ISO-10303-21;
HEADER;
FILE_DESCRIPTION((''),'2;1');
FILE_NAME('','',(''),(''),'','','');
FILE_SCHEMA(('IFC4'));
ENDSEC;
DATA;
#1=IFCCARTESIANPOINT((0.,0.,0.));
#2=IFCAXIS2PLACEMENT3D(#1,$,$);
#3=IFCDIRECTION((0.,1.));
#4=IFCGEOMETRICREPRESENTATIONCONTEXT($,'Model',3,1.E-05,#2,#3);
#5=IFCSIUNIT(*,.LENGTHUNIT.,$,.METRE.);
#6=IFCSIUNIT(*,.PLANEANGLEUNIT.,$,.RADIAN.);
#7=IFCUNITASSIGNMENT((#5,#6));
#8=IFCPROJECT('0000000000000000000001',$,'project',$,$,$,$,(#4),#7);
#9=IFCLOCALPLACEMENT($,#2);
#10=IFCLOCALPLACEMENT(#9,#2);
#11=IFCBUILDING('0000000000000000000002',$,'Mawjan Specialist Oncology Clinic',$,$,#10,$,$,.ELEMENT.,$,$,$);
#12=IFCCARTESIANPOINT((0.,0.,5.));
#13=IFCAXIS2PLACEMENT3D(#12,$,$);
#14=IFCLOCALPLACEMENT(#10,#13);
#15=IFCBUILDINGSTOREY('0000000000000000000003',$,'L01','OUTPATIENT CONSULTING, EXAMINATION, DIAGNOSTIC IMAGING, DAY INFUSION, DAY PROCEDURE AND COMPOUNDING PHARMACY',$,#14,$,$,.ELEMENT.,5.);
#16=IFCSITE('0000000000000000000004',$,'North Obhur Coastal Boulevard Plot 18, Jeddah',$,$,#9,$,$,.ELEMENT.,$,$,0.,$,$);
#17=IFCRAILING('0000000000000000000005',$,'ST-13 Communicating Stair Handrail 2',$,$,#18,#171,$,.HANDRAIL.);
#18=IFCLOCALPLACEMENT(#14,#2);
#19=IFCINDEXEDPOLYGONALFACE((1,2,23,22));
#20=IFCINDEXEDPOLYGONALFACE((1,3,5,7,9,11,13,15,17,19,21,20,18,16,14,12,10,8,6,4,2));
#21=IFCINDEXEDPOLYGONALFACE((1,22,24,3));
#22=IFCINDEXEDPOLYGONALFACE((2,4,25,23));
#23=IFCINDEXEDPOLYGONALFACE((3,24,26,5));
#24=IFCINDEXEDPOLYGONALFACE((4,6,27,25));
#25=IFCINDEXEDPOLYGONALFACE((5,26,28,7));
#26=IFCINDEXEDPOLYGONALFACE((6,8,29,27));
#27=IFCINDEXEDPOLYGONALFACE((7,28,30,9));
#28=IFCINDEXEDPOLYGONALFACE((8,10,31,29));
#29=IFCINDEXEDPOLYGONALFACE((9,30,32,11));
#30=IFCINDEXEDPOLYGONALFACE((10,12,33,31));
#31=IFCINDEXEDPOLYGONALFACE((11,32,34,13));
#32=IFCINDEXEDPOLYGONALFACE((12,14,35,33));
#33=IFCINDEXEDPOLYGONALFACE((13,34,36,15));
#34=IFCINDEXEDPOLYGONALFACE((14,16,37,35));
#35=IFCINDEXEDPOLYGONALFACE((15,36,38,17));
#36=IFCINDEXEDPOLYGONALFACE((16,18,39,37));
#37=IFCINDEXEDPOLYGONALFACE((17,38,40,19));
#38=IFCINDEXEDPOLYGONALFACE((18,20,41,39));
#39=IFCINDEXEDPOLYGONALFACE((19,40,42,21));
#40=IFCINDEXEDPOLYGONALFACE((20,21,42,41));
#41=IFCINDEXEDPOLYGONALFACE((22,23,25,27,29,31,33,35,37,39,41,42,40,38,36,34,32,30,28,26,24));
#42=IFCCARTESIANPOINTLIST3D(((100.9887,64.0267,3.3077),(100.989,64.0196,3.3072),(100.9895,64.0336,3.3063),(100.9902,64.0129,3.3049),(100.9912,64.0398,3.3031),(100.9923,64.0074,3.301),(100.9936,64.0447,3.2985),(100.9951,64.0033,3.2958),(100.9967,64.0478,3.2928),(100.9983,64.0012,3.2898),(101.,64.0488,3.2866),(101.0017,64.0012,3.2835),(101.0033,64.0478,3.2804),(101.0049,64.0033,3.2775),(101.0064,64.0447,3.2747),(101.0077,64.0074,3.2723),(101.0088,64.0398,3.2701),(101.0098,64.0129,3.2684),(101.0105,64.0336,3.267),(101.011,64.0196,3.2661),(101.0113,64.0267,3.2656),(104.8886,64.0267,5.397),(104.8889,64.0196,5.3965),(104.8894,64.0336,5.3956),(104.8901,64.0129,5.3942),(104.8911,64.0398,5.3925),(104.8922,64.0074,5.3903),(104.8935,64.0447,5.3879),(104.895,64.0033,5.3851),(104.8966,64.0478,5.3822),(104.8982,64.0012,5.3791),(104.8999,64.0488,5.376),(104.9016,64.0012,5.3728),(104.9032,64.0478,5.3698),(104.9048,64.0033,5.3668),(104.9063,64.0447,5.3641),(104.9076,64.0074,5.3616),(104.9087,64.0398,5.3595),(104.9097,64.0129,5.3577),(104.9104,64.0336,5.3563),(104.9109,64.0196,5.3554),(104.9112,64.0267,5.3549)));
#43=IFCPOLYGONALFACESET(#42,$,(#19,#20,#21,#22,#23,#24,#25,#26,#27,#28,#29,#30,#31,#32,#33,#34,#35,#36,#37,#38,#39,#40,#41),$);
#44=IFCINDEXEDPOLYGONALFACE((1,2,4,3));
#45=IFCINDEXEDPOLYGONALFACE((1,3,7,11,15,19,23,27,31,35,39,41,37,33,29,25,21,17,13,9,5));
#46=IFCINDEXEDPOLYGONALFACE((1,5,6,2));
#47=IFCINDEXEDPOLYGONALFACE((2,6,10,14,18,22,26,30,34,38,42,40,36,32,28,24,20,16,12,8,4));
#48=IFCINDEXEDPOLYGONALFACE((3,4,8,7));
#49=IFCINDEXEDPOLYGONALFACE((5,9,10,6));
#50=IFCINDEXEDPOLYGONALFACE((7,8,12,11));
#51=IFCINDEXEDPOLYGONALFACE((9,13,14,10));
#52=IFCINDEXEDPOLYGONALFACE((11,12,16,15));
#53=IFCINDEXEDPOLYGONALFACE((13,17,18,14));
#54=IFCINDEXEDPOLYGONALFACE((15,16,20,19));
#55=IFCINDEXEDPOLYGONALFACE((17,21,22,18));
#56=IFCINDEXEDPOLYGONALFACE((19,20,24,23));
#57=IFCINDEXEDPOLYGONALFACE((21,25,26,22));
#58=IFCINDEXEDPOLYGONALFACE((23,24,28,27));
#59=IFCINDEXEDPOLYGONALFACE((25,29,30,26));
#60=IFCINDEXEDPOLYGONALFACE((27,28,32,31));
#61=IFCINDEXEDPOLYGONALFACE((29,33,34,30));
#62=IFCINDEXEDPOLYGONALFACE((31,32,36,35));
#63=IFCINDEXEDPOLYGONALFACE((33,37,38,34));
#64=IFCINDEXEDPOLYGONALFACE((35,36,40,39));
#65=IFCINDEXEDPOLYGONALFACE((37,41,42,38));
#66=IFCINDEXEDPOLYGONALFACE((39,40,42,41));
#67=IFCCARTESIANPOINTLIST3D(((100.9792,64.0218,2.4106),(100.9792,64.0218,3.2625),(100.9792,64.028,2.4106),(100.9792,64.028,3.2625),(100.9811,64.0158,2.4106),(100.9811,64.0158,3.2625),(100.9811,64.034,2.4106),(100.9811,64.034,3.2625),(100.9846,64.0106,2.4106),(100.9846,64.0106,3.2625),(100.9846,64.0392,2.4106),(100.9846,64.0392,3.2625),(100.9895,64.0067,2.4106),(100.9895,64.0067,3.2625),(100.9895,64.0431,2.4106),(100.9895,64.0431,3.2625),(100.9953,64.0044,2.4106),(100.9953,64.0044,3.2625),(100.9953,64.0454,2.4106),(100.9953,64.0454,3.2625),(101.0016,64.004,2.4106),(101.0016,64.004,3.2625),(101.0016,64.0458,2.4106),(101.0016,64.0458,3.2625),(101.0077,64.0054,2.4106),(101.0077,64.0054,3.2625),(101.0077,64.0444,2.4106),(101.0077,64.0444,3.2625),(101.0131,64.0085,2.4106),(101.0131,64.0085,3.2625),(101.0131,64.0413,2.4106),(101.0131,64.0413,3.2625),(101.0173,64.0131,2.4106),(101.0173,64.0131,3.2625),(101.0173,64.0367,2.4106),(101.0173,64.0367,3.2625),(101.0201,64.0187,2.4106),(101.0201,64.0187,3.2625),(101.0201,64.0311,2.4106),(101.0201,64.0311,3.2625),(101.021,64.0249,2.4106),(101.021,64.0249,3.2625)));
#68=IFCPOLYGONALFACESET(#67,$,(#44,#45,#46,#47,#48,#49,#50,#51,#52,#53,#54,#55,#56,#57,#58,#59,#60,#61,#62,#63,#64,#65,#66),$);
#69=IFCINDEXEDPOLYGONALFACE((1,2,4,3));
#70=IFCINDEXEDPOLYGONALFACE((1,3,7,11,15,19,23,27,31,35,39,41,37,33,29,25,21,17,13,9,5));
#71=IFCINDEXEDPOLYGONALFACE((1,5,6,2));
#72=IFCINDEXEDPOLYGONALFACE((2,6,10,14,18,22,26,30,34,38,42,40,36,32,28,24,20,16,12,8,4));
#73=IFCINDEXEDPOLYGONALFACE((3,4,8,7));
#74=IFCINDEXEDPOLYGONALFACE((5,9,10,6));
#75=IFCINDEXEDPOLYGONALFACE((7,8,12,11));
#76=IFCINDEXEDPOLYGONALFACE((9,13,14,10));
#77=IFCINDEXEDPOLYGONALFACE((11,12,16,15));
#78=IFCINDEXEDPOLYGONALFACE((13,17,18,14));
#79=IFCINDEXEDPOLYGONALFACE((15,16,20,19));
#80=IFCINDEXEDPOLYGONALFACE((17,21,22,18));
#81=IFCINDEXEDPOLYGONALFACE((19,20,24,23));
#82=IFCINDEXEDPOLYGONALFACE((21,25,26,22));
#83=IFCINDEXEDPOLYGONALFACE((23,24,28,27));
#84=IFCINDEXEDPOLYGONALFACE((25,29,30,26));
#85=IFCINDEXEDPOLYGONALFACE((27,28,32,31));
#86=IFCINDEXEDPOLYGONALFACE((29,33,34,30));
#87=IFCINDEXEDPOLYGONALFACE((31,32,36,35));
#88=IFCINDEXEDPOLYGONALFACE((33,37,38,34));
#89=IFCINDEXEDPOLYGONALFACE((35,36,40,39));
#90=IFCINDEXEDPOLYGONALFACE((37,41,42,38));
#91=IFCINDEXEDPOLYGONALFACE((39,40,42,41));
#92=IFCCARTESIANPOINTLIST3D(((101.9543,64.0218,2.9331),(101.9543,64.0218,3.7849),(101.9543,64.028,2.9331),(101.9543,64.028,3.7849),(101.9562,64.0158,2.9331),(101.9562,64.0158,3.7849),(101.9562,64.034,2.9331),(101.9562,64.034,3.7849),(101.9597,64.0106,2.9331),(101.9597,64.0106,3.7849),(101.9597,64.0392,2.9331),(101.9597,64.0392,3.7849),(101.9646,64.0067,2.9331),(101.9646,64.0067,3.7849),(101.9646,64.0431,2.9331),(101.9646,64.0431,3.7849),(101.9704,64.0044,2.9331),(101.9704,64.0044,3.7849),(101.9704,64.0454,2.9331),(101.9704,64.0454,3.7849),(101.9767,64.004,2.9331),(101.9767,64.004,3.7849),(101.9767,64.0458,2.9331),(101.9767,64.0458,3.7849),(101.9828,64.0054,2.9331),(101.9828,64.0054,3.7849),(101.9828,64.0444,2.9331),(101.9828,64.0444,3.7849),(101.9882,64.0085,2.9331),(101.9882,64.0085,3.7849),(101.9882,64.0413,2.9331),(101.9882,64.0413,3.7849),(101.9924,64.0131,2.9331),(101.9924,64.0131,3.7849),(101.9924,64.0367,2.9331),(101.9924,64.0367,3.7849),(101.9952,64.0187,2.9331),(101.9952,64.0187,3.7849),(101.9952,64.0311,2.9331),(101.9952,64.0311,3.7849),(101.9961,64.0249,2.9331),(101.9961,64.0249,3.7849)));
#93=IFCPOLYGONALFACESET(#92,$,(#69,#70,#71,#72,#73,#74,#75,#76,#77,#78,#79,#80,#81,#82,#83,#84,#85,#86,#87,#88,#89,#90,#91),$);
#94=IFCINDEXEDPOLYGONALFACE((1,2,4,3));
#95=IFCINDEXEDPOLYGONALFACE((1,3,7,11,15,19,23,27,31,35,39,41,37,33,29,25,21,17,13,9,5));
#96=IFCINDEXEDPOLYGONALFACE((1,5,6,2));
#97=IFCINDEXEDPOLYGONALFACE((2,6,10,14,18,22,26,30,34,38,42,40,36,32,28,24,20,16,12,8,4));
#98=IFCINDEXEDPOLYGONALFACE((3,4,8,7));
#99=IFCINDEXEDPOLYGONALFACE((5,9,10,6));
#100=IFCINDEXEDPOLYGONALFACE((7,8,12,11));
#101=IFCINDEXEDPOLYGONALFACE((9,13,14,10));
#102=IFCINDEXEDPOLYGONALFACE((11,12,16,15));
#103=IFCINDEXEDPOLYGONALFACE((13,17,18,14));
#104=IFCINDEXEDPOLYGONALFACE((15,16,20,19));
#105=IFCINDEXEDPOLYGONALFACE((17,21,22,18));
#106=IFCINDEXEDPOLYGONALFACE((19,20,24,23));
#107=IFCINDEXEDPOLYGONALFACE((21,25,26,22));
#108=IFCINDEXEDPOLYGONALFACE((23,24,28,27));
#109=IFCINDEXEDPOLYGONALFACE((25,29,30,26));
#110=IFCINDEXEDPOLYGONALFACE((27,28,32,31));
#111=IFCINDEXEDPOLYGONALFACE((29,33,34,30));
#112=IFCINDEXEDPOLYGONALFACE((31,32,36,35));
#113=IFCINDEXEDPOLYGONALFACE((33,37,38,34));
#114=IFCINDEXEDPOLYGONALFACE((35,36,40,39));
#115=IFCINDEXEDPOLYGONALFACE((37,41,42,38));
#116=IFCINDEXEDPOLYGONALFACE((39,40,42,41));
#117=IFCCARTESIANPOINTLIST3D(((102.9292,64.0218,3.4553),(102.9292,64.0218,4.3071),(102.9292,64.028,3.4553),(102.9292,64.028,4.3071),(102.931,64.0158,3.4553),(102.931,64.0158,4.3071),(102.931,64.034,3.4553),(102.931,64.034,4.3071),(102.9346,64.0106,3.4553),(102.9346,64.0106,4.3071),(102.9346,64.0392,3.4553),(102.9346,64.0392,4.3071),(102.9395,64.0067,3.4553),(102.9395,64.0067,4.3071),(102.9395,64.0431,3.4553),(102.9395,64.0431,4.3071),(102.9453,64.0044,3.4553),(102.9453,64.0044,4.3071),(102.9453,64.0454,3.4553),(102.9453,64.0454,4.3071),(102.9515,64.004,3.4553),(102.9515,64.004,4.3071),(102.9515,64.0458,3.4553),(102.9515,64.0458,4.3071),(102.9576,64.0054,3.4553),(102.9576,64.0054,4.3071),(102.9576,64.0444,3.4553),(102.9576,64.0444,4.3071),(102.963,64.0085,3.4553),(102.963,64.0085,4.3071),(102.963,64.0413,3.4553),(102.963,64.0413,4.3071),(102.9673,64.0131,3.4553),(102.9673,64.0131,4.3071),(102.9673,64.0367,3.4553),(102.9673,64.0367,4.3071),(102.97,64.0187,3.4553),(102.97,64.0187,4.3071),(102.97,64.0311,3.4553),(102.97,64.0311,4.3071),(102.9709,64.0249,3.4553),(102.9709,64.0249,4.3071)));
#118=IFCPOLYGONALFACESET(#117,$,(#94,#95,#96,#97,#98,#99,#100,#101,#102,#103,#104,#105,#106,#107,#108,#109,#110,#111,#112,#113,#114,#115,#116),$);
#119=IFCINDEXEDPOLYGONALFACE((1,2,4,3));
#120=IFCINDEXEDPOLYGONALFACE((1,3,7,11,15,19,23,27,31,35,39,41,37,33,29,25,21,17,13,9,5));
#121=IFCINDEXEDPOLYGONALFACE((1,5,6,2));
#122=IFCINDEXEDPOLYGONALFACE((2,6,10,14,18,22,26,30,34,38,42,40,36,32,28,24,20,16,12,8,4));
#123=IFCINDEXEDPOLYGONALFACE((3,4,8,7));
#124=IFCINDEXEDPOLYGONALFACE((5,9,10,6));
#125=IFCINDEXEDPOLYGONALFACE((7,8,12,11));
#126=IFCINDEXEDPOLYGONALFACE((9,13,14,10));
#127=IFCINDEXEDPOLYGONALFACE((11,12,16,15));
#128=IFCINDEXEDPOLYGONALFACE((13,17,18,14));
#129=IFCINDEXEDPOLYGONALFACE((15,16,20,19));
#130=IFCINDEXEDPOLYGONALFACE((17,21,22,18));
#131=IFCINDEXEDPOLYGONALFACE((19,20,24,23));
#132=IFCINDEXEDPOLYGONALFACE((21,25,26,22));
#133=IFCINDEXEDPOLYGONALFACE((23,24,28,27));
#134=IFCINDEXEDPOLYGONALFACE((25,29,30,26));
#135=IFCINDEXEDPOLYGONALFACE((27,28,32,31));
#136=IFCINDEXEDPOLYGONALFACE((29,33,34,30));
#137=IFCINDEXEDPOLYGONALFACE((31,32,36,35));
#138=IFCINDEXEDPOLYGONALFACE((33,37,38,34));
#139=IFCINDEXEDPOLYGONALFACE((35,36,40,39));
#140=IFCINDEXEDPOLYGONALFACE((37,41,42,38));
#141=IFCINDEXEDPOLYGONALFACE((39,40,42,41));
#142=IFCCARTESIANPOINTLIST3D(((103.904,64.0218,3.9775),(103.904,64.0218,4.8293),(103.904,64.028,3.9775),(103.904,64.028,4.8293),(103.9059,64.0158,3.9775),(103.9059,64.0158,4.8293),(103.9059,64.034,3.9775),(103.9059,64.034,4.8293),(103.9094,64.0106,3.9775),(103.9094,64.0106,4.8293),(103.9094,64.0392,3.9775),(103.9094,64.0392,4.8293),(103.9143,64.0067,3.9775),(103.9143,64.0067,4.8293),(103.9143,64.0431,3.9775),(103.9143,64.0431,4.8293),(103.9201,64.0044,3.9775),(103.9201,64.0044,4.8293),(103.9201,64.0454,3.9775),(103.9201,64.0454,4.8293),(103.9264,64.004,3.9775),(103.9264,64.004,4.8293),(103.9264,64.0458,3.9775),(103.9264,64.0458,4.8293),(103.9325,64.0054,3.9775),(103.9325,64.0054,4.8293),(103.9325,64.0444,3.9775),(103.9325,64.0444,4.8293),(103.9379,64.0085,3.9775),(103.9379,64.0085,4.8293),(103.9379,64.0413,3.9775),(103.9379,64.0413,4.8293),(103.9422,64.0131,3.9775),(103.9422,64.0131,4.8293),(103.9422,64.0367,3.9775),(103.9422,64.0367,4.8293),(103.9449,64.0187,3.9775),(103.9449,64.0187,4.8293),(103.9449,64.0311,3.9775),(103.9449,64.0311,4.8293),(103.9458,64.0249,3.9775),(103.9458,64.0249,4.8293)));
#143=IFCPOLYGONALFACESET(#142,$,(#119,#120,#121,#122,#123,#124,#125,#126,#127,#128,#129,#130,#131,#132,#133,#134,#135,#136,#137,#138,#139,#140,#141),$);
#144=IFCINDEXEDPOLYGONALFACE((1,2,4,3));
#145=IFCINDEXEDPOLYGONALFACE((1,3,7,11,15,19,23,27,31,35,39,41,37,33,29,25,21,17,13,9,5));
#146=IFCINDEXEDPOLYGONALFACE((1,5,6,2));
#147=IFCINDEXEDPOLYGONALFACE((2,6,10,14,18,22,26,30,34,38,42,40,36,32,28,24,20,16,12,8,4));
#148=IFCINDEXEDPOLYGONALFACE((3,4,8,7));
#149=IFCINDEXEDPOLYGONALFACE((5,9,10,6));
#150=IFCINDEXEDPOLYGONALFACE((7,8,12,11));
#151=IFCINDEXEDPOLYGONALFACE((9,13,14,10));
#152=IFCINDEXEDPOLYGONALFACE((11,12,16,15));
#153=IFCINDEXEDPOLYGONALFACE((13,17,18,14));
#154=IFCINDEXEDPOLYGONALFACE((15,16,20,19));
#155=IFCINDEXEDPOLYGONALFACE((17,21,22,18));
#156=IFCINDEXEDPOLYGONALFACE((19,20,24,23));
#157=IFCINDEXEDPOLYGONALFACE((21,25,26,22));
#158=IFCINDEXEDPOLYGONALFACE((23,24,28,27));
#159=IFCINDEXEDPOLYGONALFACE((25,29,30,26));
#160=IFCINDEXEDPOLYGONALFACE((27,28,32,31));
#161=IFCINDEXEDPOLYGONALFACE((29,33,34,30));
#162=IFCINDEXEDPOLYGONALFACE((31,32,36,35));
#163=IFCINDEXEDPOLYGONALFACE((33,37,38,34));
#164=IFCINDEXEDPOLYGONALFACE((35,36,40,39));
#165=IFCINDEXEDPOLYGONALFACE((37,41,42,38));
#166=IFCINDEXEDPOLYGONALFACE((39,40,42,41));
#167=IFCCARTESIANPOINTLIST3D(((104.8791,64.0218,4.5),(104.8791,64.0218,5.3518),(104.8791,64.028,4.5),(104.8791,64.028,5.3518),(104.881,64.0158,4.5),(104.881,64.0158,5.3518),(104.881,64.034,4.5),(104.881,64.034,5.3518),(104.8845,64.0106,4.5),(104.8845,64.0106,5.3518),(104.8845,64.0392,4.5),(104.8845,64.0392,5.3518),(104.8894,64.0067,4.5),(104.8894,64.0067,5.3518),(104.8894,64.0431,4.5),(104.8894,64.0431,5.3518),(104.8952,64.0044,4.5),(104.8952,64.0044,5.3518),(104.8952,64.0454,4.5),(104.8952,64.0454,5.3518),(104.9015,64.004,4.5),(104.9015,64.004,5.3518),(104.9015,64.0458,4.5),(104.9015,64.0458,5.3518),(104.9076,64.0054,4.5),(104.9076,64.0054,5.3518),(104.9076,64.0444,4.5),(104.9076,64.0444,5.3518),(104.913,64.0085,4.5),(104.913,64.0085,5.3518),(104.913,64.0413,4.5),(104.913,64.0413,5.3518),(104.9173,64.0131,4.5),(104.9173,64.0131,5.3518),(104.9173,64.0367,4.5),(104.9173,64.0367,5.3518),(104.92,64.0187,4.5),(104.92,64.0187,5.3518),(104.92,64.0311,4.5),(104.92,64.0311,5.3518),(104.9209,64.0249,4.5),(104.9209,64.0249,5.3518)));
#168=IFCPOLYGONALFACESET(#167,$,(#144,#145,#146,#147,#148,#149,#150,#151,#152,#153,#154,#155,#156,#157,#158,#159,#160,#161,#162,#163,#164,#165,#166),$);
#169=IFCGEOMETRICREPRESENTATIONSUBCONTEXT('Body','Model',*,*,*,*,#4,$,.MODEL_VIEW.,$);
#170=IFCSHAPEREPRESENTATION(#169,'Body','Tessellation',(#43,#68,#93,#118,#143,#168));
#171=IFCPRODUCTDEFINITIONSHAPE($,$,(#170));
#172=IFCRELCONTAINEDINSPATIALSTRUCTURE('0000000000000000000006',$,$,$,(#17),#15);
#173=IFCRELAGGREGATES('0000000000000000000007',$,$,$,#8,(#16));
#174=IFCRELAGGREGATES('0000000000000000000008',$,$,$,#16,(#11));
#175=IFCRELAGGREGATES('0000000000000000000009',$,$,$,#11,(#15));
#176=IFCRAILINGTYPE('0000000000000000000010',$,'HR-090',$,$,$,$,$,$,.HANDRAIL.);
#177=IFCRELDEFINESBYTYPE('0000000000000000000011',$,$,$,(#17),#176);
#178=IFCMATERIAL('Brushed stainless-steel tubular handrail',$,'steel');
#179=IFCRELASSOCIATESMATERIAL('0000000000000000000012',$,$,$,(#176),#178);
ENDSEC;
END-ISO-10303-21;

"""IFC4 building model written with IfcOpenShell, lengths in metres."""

from ifc_helpers import new_model, si_unit, direction, frame, origin, origin_2d, place, context, subcontext, project, spatial, circle, extrude, material, type_object, element, save


model = new_model("IFC4")

# Units and contexts
model_context = context("Model", 3, precision=1e-05, world=origin(), true_north=direction((0.0, 1.0)))
body_context = subcontext(model_context, "Body", "Model", "MODEL_VIEW")
ifc_project = project(units=[si_unit("LENGTHUNIT", "METRE"), si_unit("PLANEANGLEUNIT", "RADIAN")], contexts=[model_context])

# Site, building, storey
site_placement = place(None, origin())
site = spatial("IfcSite", under=ifc_project, at=site_placement, Name="North Obhur Coastal Boulevard Plot 18, Jeddah", CompositionType="ELEMENT", RefElevation=0.0)
building_placement = place(site_placement, origin())
building = spatial("IfcBuilding", under=site, at=building_placement, Name="Mawjan Specialist Oncology Clinic", CompositionType="ELEMENT")
storey_placement = place(building_placement, frame((0.0, 0.0, 5.0)))
storey = spatial("IfcBuildingStorey", under=building, at=storey_placement, Name="L01", Description="OUTPATIENT CONSULTING, EXAMINATION, DIAGNOSTIC IMAGING, DAY INFUSION, DAY PROCEDURE AND COMPOUNDING PHARMACY", CompositionType="ELEMENT", Elevation=5.0)

# Railing
ifc_material_1 = material(Name="Brushed stainless-steel tubular handrail", Category="steel")
railing_type_1 = type_object("IfcRailingType", Name="HR-090", PredefinedType="HANDRAIL", material=ifc_material_1)
for number, where, name in (
    (1, (101.0, 64.0249, 2.4106), "ST-13 Communicating Stair Handrail 2"),
):
    element("IfcRailing", number, at=place(storey_placement, frame(where)), inside=storey, type_object=railing_type_1, Name=name, PredefinedType="HANDRAIL", context=body_context, shape_type="SweptSolid", body=[
        extrude(circle(Radius=0.0239, at=origin_2d()), frame((0.0, 0.0, 0.876), z_axis=(0.881468, 0.0, 0.472243), x_axis=(0.0, 1.0, 0.0)), (0.0, 0.0, 1.0), 4.4243),
        extrude(circle(Radius=0.021, at=origin_2d()), origin(), (0.0, 0.0, 1.0), 0.8518),
        extrude(circle(Radius=0.021, at=origin_2d()), frame((0.9751, 0.0, 0.5225)), (0.0, 0.0, 1.0), 0.8518),
        extrude(circle(Radius=0.021, at=origin_2d()), frame((1.95, 0.0, 1.0447)), (0.0, 0.0, 1.0), 0.8518),
        extrude(circle(Radius=0.021, at=origin_2d()), frame((2.9248, 0.0, 1.5669)), (0.0, 0.0, 1.0), 0.8518),
        extrude(circle(Radius=0.021, at=origin_2d()), frame((3.8999, 0.0, 2.0894)), (0.0, 0.0, 1.0), 0.8518),
    ])

save(model, "model.ifc")
